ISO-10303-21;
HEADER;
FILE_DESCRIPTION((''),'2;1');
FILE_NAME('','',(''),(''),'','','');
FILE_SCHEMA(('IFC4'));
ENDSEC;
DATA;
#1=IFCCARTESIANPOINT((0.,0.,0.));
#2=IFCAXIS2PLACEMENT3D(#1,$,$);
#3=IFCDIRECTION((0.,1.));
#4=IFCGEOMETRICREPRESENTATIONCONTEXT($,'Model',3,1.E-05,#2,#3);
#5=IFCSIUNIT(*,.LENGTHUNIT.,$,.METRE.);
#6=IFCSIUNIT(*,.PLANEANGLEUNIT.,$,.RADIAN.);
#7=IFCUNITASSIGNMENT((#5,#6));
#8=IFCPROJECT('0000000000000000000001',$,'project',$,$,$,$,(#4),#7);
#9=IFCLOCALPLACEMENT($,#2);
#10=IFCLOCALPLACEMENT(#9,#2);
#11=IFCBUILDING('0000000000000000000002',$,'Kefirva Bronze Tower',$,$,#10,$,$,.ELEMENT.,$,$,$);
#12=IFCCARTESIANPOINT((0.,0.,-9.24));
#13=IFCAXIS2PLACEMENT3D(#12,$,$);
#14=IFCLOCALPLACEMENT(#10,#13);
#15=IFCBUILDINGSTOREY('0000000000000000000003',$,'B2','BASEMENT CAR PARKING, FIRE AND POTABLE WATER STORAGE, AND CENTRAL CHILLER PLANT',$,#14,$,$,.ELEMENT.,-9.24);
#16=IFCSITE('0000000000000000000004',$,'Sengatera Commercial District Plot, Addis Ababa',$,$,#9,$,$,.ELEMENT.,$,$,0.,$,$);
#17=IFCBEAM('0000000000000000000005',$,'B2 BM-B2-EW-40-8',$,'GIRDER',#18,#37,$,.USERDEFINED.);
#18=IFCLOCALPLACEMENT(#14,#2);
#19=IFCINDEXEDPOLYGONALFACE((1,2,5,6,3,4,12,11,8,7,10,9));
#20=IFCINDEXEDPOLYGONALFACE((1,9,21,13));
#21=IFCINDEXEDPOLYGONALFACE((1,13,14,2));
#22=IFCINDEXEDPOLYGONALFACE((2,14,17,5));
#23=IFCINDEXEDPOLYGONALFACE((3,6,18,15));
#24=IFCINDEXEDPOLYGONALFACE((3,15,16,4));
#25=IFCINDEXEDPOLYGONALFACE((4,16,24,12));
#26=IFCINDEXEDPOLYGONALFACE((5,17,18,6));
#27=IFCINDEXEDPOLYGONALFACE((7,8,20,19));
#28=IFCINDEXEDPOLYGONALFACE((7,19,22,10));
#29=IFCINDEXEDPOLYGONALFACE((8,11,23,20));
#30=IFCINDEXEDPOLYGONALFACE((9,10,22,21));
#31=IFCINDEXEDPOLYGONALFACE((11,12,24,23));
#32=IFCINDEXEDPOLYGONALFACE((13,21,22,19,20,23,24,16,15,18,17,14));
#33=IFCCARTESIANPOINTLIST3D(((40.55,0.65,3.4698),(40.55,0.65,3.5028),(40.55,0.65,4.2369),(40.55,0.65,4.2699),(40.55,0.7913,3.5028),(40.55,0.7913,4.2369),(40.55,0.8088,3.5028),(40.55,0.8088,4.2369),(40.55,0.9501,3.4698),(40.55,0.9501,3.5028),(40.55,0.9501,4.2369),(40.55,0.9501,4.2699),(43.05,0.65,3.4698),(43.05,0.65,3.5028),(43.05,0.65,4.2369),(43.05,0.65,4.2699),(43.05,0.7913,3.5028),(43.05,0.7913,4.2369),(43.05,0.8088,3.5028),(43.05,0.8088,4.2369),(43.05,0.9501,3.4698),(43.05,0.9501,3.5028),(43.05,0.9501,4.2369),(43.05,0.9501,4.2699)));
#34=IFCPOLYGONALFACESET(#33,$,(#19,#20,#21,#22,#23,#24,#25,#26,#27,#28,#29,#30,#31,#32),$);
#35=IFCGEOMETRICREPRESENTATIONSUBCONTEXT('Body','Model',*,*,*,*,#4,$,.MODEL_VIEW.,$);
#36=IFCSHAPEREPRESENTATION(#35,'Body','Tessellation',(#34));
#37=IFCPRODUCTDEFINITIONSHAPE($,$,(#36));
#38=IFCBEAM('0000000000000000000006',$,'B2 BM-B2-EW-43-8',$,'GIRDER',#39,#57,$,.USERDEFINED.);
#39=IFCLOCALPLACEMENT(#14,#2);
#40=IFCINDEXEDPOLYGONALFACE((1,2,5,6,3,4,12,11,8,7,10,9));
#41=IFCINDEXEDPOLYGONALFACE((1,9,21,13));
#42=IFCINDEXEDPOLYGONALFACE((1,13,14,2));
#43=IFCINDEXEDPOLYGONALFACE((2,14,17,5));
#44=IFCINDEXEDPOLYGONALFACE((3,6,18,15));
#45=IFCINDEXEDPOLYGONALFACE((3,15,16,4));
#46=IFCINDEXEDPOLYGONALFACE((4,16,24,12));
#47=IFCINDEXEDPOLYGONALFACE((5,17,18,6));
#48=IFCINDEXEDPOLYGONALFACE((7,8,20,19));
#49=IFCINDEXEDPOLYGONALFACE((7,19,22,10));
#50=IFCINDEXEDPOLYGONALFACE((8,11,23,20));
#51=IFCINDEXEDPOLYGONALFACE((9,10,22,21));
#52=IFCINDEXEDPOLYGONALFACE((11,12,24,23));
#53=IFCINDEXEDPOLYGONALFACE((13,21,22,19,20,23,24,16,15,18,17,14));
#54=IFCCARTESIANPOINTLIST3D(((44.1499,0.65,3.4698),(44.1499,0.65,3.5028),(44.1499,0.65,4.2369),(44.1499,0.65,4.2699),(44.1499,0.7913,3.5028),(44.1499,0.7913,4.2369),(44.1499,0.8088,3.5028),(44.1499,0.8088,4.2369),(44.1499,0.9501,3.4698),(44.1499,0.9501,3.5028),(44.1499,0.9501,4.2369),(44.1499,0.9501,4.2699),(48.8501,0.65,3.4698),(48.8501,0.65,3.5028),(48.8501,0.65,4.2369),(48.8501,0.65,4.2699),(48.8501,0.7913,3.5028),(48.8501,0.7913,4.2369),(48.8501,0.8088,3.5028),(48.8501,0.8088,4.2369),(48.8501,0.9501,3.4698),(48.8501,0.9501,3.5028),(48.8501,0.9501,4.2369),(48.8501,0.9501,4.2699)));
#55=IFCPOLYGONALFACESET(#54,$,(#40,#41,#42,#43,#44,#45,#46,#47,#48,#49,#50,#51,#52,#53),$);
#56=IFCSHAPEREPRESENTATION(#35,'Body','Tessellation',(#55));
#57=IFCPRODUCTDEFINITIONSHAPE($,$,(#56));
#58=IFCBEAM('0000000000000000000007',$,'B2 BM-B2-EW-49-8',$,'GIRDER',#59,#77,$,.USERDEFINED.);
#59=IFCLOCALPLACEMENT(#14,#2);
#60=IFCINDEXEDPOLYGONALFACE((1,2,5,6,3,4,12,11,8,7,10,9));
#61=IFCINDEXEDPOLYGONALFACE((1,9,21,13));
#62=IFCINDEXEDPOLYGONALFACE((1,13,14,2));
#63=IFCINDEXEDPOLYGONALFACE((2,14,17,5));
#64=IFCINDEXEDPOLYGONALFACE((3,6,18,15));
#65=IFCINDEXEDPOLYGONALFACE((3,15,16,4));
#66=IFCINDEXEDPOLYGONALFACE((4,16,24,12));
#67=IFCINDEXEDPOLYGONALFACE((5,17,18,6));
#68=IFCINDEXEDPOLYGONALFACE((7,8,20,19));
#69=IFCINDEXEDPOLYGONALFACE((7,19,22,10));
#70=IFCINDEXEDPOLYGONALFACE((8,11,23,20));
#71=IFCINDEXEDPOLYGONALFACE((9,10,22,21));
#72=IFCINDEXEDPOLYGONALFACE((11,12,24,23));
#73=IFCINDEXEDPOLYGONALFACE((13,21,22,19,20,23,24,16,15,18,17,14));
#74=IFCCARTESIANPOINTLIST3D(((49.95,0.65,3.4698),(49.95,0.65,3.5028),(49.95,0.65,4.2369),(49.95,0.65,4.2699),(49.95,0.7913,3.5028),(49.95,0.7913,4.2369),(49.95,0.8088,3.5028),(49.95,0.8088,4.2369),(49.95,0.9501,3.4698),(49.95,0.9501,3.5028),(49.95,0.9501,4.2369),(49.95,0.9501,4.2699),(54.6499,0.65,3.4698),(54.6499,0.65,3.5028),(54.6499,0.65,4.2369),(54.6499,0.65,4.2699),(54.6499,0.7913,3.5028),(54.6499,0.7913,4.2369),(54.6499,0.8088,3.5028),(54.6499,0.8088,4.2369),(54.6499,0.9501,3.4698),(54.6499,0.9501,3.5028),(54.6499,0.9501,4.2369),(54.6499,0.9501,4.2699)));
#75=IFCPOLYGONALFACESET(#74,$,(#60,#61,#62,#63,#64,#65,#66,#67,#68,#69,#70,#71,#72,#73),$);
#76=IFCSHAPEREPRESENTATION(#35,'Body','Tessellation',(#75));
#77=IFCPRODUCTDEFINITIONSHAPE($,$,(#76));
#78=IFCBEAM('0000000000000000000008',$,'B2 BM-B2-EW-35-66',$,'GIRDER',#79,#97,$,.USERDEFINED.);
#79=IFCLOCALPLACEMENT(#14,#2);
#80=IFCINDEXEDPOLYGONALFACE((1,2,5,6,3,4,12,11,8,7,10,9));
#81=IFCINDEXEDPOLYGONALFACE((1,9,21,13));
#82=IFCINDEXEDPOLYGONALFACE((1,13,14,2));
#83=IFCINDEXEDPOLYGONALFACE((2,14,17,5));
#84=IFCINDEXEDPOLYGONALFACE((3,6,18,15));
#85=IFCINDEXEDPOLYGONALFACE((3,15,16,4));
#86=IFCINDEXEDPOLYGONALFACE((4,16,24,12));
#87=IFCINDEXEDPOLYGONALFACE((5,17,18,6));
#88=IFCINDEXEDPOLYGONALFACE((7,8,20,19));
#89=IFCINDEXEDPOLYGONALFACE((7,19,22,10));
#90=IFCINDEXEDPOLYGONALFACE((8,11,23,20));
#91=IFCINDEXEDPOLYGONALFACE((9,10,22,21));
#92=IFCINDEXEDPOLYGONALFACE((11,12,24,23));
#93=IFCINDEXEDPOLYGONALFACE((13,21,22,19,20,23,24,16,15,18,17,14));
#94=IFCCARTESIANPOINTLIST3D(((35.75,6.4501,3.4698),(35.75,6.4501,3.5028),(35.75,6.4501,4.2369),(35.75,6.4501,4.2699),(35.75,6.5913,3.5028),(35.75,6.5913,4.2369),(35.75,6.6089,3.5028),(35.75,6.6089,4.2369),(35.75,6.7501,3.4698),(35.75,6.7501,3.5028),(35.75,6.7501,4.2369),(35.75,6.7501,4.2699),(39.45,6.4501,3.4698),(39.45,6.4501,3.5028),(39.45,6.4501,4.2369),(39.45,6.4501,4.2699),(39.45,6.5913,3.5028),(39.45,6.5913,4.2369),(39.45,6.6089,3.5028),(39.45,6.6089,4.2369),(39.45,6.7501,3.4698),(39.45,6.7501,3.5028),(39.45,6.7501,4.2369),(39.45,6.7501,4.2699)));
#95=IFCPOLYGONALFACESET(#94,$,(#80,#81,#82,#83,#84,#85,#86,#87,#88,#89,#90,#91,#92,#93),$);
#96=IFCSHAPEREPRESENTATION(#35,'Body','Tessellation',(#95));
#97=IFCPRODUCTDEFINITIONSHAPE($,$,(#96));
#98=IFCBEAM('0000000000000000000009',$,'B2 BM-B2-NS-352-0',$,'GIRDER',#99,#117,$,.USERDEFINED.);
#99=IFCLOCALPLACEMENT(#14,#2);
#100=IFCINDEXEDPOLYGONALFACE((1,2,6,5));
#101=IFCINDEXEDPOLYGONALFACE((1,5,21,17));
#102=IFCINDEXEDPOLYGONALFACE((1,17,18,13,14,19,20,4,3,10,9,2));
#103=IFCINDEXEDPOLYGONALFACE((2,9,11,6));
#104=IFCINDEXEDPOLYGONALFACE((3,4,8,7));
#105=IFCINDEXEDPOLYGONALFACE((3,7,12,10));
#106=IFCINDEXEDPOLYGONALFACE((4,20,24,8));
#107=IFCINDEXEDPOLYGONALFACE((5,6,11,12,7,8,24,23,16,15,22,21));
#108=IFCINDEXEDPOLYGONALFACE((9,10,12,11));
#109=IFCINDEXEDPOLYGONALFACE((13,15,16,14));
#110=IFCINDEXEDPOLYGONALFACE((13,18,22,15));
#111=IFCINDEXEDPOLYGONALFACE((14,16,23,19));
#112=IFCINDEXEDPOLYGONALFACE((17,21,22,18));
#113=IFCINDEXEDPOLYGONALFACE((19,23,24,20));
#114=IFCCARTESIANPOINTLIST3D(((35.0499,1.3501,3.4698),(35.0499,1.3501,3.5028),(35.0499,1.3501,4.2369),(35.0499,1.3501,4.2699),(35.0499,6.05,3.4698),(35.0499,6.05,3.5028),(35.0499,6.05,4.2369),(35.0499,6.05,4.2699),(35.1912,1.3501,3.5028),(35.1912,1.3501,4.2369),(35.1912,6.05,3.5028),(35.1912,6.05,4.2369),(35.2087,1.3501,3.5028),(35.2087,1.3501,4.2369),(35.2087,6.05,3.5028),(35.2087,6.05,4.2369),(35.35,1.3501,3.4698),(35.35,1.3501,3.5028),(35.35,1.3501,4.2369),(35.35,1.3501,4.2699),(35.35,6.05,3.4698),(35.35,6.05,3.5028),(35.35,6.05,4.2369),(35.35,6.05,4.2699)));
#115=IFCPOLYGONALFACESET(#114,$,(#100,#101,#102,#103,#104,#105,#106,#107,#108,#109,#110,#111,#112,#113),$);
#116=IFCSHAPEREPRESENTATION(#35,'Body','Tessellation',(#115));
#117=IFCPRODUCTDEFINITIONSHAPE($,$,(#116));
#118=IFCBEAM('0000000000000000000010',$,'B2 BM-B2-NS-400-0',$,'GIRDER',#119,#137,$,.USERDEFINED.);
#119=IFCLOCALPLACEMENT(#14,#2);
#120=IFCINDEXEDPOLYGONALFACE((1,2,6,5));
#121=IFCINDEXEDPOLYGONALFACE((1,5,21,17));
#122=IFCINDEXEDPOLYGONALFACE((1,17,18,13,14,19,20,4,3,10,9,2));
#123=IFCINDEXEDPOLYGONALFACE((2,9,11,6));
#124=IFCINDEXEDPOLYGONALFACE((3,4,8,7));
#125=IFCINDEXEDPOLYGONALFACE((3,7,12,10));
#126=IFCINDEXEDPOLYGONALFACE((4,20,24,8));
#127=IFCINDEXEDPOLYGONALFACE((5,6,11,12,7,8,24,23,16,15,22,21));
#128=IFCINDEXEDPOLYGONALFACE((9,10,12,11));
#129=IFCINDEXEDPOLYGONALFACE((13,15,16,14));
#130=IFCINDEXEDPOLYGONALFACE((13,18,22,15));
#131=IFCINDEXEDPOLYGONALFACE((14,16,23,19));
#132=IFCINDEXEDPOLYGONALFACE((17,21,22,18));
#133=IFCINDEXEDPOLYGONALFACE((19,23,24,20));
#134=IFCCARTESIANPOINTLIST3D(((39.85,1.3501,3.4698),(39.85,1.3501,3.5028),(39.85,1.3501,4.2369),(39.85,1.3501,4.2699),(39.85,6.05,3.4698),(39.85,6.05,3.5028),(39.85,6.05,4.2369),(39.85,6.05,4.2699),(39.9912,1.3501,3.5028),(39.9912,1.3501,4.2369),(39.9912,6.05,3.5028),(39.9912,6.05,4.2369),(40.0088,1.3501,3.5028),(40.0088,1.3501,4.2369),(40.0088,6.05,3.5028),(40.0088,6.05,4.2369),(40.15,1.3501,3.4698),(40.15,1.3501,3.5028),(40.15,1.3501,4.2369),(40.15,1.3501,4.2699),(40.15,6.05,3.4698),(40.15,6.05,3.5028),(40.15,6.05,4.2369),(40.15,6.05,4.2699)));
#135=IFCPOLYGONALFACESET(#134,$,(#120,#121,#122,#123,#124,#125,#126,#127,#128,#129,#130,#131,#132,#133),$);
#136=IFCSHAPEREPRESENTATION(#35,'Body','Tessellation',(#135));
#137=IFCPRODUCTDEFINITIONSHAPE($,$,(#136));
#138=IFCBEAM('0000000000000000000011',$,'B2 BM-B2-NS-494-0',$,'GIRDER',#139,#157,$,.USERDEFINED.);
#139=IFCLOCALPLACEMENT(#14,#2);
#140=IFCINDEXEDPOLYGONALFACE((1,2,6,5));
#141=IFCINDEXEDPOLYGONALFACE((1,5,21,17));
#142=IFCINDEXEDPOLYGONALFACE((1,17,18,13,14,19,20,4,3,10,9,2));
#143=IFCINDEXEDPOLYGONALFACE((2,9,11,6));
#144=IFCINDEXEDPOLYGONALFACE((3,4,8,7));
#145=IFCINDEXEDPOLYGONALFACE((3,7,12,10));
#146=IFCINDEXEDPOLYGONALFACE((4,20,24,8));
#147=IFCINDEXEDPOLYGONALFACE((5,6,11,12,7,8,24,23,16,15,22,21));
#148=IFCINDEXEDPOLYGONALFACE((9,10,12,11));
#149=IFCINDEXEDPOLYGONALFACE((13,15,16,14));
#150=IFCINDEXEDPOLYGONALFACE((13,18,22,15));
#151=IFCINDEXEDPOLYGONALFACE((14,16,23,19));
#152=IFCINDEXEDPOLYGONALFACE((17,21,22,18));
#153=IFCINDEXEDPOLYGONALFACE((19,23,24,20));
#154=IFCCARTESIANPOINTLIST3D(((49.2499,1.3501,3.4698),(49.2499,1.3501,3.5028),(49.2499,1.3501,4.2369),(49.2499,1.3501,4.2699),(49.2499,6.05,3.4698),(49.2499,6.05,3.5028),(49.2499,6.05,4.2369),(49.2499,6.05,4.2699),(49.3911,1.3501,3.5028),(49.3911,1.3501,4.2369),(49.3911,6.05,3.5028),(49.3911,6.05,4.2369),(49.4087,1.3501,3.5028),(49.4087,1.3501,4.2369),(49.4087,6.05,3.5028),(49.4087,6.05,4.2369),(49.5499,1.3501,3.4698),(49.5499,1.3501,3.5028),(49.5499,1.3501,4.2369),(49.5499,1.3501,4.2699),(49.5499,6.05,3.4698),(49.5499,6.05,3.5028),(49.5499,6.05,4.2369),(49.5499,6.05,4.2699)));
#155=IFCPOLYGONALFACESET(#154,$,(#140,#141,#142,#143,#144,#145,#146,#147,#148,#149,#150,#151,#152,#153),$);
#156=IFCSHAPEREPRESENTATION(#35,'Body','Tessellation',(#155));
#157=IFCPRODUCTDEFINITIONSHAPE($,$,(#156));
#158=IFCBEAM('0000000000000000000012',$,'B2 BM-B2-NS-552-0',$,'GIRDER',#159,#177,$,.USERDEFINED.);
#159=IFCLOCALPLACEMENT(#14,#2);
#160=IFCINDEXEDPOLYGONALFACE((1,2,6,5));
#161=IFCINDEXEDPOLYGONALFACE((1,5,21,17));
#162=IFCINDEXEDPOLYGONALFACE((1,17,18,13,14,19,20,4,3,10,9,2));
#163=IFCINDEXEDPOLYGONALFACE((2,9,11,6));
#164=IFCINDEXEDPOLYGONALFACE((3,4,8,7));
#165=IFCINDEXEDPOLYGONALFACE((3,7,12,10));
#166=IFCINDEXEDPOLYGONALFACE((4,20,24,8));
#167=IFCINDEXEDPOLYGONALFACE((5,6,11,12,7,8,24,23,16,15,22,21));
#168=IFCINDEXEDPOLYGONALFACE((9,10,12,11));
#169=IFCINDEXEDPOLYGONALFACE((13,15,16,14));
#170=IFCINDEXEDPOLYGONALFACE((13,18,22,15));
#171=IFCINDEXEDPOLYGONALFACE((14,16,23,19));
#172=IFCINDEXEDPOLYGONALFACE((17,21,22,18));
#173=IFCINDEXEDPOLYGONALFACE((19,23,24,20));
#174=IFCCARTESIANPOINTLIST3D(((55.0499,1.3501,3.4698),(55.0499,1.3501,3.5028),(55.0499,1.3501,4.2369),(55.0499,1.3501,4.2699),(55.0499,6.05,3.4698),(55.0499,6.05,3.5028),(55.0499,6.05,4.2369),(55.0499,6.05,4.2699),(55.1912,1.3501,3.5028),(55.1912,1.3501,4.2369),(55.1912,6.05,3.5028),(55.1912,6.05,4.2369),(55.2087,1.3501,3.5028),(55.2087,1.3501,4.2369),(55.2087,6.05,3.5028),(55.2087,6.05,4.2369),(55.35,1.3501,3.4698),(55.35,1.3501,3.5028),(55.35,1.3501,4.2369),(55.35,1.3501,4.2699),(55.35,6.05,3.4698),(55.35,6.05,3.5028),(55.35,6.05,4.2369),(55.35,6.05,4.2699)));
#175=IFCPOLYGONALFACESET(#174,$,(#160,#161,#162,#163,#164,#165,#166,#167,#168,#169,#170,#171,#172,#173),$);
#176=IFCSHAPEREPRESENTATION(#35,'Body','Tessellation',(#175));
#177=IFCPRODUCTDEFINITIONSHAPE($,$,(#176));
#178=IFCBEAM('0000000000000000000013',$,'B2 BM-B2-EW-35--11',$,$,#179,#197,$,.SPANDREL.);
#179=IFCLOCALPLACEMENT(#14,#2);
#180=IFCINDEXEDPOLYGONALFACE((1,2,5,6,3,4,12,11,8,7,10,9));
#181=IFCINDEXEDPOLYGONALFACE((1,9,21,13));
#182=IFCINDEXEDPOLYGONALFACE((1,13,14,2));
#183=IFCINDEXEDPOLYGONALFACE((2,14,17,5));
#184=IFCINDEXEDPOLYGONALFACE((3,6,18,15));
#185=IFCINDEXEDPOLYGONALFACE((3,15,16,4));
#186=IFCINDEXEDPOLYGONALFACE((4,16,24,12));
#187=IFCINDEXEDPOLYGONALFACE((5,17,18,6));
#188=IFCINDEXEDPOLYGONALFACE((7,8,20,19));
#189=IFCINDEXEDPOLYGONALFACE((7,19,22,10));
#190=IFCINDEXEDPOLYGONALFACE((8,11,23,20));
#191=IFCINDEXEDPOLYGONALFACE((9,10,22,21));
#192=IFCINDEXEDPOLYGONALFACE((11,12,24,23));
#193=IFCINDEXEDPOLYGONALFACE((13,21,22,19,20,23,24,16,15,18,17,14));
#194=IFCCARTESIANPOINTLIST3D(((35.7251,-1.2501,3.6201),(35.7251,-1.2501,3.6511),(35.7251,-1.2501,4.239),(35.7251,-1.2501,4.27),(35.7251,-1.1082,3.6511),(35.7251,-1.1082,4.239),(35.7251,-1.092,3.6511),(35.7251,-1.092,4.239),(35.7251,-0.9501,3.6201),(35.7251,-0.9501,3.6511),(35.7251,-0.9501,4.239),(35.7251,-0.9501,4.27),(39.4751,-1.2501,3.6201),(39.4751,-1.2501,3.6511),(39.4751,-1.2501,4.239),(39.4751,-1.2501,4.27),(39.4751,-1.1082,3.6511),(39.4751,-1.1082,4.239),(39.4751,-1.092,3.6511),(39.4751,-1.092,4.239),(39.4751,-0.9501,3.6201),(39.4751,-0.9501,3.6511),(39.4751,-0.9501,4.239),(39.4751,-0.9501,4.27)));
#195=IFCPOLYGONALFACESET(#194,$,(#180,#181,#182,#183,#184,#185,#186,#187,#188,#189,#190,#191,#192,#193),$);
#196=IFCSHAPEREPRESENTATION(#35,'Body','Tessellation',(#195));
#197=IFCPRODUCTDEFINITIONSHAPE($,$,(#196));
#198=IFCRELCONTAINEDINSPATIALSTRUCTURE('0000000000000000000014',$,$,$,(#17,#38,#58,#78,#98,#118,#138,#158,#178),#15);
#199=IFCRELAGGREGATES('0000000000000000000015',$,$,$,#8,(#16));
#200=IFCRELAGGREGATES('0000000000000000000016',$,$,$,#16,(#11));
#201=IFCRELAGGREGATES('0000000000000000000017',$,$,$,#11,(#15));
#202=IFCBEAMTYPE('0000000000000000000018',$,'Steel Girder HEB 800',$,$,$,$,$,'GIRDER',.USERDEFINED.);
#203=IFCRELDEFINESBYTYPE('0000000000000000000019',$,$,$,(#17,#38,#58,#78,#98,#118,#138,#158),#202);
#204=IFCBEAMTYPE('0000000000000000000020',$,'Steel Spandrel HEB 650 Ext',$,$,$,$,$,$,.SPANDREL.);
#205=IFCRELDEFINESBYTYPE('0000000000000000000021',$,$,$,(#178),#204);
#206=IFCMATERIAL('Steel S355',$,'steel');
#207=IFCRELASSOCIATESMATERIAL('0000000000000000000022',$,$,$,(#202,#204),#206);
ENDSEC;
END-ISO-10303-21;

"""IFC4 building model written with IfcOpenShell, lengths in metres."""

from ifc_helpers import new_model, si_unit, direction, frame, origin, origin_2d, place, context, subcontext, project, spatial, i_section, extrude, material, material_profile, profile_set, type_object, element, save


model = new_model("IFC4")

# Units and contexts
model_context = context("Model", 3, precision=1e-05, world=origin(), true_north=direction((0.0, 1.0)))
body_context = subcontext(model_context, "Body", "Model", "MODEL_VIEW")
ifc_project = project(units=[si_unit("LENGTHUNIT", "METRE"), si_unit("PLANEANGLEUNIT", "RADIAN")], contexts=[model_context])

# Site, building, storey
site_placement = place(None, origin())
site = spatial("IfcSite", under=ifc_project, at=site_placement, Name="Sengatera Commercial District Plot, Addis Ababa", CompositionType="ELEMENT", RefElevation=0.0)
building_placement = place(site_placement, origin())
building = spatial("IfcBuilding", under=site, at=building_placement, Name="Kefirva Bronze Tower", CompositionType="ELEMENT")
storey_placement = place(building_placement, frame((0.0, 0.0, -9.24)))
storey = spatial("IfcBuildingStorey", under=building, at=storey_placement, Name="B2", Description="BASEMENT CAR PARKING, FIRE AND POTABLE WATER STORAGE, AND CENTRAL CHILLER PLANT", CompositionType="ELEMENT", Elevation=-9.24)

# Beams
ifc_material_1 = material(Name="Steel S355", Category="steel")
ifc_material_profile_1 = material_profile(ifc_material_1, i_section(OverallWidth=0.3, OverallDepth=0.8, WebThickness=0.0176, FlangeThickness=0.033, at=origin_2d()), Name="HEB 800")
ifc_profile_set_1 = profile_set([ifc_material_profile_1], Name="Steel S355")
beam_type_1 = type_object("IfcBeamType", Name="Steel Girder HEB 800", ElementType="GIRDER", PredefinedType="USERDEFINED", material=ifc_profile_set_1)
beam_1_placement = place(storey_placement, frame((40.55, 0.8, 3.8699), z_axis=(1.0, 0.0, 0.0), x_axis=(0.0, 1.0, 0.0)))
element("IfcBeam", 1, at=beam_1_placement, inside=storey, type_object=beam_type_1, Name="B2 BM-B2-EW-40-8", ObjectType="GIRDER", PredefinedType="USERDEFINED", context=body_context, shape_type="SweptSolid", body=[
    extrude(i_section(OverallWidth=0.3, OverallDepth=0.8, WebThickness=0.0176, FlangeThickness=0.033, at=origin_2d()), origin(), (0.0, 0.0, 1.0), 2.5),
])
beam_2_placement = place(storey_placement, frame((44.1499, 0.8, 3.8699), z_axis=(1.0, 0.0, 0.0), x_axis=(0.0, 1.0, 0.0)))
element("IfcBeam", 2, at=beam_2_placement, inside=storey, type_object=beam_type_1, Name="B2 BM-B2-EW-43-8", ObjectType="GIRDER", PredefinedType="USERDEFINED", context=body_context, shape_type="SweptSolid", body=[
    extrude(i_section(OverallWidth=0.3, OverallDepth=0.8, WebThickness=0.0176, FlangeThickness=0.033, at=origin_2d()), origin(), (0.0, 0.0, 1.0), 4.7002),
])
beam_3_placement = place(storey_placement, frame((49.95, 0.8, 3.8699), z_axis=(1.0, 0.0, 0.0), x_axis=(0.0, 1.0, 0.0)))
element("IfcBeam", 3, at=beam_3_placement, inside=storey, type_object=beam_type_1, Name="B2 BM-B2-EW-49-8", ObjectType="GIRDER", PredefinedType="USERDEFINED", context=body_context, shape_type="SweptSolid", body=[
    extrude(i_section(OverallWidth=0.3, OverallDepth=0.8, WebThickness=0.0176, FlangeThickness=0.033, at=origin_2d()), origin(), (0.0, 0.0, 1.0), 4.7),
])
beam_4_placement = place(storey_placement, frame((35.75, 6.6001, 3.8699), z_axis=(1.0, 0.0, 0.0), x_axis=(0.0, 1.0, 0.0)))
element("IfcBeam", 4, at=beam_4_placement, inside=storey, type_object=beam_type_1, Name="B2 BM-B2-EW-35-66", ObjectType="GIRDER", PredefinedType="USERDEFINED", context=body_context, shape_type="SweptSolid", body=[
    extrude(i_section(OverallWidth=0.3, OverallDepth=0.8, WebThickness=0.0176, FlangeThickness=0.033, at=origin_2d()), origin(), (0.0, 0.0, 1.0), 3.7),
])
for number, where, z_axis, x_axis, name in (
    (5, (35.2, 1.3501, 3.8699), (0.0, 1.0, 0.0), (-1.0, 0.0, 0.0), "B2 BM-B2-NS-352-0"),
    (6, (40.0, 1.3501, 3.8699), (0.0, 1.0, 0.0), (-1.0, 0.0, 0.0), "B2 BM-B2-NS-400-0"),
    (7, (49.3999, 1.3501, 3.8699), (0.0, 1.0, 0.0), (-1.0, 0.0, 0.0), "B2 BM-B2-NS-494-0"),
    (8, (55.2, 1.3501, 3.8699), (0.0, 1.0, 0.0), (-1.0, 0.0, 0.0), "B2 BM-B2-NS-552-0"),
):
    element("IfcBeam", number, at=place(storey_placement, frame(where, z_axis=z_axis, x_axis=x_axis)), inside=storey, type_object=beam_type_1, Name=name, ObjectType="GIRDER", PredefinedType="USERDEFINED", context=body_context, shape_type="SweptSolid", body=[
        extrude(i_section(OverallWidth=0.3, OverallDepth=0.8, WebThickness=0.0176, FlangeThickness=0.033, at=origin_2d()), origin(), (0.0, 0.0, 1.0), 4.7),
    ])
ifc_material_profile_2 = material_profile(ifc_material_1, i_section(OverallWidth=0.3, OverallDepth=0.6499, WebThickness=0.0161, FlangeThickness=0.031, at=origin_2d()), Name="HEB 650")
ifc_profile_set_2 = profile_set([ifc_material_profile_2], Name="Steel S355")
beam_type_2 = type_object("IfcBeamType", Name="Steel Spandrel HEB 650 Ext", PredefinedType="SPANDREL", material=ifc_profile_set_2)
beam_5_placement = place(storey_placement, frame((35.7251, -1.1001, 3.9451), z_axis=(1.0, 0.0, 0.0), x_axis=(0.0, 1.0, 0.0)))
element("IfcBeam", 9, at=beam_5_placement, inside=storey, type_object=beam_type_2, Name="B2 BM-B2-EW-35--11", PredefinedType="SPANDREL", context=body_context, shape_type="SweptSolid", body=[
    extrude(i_section(OverallWidth=0.3, OverallDepth=0.6499, WebThickness=0.0161, FlangeThickness=0.031, at=origin_2d()), origin(), (0.0, 0.0, 1.0), 3.75),
])

save(model, "model.ifc")
